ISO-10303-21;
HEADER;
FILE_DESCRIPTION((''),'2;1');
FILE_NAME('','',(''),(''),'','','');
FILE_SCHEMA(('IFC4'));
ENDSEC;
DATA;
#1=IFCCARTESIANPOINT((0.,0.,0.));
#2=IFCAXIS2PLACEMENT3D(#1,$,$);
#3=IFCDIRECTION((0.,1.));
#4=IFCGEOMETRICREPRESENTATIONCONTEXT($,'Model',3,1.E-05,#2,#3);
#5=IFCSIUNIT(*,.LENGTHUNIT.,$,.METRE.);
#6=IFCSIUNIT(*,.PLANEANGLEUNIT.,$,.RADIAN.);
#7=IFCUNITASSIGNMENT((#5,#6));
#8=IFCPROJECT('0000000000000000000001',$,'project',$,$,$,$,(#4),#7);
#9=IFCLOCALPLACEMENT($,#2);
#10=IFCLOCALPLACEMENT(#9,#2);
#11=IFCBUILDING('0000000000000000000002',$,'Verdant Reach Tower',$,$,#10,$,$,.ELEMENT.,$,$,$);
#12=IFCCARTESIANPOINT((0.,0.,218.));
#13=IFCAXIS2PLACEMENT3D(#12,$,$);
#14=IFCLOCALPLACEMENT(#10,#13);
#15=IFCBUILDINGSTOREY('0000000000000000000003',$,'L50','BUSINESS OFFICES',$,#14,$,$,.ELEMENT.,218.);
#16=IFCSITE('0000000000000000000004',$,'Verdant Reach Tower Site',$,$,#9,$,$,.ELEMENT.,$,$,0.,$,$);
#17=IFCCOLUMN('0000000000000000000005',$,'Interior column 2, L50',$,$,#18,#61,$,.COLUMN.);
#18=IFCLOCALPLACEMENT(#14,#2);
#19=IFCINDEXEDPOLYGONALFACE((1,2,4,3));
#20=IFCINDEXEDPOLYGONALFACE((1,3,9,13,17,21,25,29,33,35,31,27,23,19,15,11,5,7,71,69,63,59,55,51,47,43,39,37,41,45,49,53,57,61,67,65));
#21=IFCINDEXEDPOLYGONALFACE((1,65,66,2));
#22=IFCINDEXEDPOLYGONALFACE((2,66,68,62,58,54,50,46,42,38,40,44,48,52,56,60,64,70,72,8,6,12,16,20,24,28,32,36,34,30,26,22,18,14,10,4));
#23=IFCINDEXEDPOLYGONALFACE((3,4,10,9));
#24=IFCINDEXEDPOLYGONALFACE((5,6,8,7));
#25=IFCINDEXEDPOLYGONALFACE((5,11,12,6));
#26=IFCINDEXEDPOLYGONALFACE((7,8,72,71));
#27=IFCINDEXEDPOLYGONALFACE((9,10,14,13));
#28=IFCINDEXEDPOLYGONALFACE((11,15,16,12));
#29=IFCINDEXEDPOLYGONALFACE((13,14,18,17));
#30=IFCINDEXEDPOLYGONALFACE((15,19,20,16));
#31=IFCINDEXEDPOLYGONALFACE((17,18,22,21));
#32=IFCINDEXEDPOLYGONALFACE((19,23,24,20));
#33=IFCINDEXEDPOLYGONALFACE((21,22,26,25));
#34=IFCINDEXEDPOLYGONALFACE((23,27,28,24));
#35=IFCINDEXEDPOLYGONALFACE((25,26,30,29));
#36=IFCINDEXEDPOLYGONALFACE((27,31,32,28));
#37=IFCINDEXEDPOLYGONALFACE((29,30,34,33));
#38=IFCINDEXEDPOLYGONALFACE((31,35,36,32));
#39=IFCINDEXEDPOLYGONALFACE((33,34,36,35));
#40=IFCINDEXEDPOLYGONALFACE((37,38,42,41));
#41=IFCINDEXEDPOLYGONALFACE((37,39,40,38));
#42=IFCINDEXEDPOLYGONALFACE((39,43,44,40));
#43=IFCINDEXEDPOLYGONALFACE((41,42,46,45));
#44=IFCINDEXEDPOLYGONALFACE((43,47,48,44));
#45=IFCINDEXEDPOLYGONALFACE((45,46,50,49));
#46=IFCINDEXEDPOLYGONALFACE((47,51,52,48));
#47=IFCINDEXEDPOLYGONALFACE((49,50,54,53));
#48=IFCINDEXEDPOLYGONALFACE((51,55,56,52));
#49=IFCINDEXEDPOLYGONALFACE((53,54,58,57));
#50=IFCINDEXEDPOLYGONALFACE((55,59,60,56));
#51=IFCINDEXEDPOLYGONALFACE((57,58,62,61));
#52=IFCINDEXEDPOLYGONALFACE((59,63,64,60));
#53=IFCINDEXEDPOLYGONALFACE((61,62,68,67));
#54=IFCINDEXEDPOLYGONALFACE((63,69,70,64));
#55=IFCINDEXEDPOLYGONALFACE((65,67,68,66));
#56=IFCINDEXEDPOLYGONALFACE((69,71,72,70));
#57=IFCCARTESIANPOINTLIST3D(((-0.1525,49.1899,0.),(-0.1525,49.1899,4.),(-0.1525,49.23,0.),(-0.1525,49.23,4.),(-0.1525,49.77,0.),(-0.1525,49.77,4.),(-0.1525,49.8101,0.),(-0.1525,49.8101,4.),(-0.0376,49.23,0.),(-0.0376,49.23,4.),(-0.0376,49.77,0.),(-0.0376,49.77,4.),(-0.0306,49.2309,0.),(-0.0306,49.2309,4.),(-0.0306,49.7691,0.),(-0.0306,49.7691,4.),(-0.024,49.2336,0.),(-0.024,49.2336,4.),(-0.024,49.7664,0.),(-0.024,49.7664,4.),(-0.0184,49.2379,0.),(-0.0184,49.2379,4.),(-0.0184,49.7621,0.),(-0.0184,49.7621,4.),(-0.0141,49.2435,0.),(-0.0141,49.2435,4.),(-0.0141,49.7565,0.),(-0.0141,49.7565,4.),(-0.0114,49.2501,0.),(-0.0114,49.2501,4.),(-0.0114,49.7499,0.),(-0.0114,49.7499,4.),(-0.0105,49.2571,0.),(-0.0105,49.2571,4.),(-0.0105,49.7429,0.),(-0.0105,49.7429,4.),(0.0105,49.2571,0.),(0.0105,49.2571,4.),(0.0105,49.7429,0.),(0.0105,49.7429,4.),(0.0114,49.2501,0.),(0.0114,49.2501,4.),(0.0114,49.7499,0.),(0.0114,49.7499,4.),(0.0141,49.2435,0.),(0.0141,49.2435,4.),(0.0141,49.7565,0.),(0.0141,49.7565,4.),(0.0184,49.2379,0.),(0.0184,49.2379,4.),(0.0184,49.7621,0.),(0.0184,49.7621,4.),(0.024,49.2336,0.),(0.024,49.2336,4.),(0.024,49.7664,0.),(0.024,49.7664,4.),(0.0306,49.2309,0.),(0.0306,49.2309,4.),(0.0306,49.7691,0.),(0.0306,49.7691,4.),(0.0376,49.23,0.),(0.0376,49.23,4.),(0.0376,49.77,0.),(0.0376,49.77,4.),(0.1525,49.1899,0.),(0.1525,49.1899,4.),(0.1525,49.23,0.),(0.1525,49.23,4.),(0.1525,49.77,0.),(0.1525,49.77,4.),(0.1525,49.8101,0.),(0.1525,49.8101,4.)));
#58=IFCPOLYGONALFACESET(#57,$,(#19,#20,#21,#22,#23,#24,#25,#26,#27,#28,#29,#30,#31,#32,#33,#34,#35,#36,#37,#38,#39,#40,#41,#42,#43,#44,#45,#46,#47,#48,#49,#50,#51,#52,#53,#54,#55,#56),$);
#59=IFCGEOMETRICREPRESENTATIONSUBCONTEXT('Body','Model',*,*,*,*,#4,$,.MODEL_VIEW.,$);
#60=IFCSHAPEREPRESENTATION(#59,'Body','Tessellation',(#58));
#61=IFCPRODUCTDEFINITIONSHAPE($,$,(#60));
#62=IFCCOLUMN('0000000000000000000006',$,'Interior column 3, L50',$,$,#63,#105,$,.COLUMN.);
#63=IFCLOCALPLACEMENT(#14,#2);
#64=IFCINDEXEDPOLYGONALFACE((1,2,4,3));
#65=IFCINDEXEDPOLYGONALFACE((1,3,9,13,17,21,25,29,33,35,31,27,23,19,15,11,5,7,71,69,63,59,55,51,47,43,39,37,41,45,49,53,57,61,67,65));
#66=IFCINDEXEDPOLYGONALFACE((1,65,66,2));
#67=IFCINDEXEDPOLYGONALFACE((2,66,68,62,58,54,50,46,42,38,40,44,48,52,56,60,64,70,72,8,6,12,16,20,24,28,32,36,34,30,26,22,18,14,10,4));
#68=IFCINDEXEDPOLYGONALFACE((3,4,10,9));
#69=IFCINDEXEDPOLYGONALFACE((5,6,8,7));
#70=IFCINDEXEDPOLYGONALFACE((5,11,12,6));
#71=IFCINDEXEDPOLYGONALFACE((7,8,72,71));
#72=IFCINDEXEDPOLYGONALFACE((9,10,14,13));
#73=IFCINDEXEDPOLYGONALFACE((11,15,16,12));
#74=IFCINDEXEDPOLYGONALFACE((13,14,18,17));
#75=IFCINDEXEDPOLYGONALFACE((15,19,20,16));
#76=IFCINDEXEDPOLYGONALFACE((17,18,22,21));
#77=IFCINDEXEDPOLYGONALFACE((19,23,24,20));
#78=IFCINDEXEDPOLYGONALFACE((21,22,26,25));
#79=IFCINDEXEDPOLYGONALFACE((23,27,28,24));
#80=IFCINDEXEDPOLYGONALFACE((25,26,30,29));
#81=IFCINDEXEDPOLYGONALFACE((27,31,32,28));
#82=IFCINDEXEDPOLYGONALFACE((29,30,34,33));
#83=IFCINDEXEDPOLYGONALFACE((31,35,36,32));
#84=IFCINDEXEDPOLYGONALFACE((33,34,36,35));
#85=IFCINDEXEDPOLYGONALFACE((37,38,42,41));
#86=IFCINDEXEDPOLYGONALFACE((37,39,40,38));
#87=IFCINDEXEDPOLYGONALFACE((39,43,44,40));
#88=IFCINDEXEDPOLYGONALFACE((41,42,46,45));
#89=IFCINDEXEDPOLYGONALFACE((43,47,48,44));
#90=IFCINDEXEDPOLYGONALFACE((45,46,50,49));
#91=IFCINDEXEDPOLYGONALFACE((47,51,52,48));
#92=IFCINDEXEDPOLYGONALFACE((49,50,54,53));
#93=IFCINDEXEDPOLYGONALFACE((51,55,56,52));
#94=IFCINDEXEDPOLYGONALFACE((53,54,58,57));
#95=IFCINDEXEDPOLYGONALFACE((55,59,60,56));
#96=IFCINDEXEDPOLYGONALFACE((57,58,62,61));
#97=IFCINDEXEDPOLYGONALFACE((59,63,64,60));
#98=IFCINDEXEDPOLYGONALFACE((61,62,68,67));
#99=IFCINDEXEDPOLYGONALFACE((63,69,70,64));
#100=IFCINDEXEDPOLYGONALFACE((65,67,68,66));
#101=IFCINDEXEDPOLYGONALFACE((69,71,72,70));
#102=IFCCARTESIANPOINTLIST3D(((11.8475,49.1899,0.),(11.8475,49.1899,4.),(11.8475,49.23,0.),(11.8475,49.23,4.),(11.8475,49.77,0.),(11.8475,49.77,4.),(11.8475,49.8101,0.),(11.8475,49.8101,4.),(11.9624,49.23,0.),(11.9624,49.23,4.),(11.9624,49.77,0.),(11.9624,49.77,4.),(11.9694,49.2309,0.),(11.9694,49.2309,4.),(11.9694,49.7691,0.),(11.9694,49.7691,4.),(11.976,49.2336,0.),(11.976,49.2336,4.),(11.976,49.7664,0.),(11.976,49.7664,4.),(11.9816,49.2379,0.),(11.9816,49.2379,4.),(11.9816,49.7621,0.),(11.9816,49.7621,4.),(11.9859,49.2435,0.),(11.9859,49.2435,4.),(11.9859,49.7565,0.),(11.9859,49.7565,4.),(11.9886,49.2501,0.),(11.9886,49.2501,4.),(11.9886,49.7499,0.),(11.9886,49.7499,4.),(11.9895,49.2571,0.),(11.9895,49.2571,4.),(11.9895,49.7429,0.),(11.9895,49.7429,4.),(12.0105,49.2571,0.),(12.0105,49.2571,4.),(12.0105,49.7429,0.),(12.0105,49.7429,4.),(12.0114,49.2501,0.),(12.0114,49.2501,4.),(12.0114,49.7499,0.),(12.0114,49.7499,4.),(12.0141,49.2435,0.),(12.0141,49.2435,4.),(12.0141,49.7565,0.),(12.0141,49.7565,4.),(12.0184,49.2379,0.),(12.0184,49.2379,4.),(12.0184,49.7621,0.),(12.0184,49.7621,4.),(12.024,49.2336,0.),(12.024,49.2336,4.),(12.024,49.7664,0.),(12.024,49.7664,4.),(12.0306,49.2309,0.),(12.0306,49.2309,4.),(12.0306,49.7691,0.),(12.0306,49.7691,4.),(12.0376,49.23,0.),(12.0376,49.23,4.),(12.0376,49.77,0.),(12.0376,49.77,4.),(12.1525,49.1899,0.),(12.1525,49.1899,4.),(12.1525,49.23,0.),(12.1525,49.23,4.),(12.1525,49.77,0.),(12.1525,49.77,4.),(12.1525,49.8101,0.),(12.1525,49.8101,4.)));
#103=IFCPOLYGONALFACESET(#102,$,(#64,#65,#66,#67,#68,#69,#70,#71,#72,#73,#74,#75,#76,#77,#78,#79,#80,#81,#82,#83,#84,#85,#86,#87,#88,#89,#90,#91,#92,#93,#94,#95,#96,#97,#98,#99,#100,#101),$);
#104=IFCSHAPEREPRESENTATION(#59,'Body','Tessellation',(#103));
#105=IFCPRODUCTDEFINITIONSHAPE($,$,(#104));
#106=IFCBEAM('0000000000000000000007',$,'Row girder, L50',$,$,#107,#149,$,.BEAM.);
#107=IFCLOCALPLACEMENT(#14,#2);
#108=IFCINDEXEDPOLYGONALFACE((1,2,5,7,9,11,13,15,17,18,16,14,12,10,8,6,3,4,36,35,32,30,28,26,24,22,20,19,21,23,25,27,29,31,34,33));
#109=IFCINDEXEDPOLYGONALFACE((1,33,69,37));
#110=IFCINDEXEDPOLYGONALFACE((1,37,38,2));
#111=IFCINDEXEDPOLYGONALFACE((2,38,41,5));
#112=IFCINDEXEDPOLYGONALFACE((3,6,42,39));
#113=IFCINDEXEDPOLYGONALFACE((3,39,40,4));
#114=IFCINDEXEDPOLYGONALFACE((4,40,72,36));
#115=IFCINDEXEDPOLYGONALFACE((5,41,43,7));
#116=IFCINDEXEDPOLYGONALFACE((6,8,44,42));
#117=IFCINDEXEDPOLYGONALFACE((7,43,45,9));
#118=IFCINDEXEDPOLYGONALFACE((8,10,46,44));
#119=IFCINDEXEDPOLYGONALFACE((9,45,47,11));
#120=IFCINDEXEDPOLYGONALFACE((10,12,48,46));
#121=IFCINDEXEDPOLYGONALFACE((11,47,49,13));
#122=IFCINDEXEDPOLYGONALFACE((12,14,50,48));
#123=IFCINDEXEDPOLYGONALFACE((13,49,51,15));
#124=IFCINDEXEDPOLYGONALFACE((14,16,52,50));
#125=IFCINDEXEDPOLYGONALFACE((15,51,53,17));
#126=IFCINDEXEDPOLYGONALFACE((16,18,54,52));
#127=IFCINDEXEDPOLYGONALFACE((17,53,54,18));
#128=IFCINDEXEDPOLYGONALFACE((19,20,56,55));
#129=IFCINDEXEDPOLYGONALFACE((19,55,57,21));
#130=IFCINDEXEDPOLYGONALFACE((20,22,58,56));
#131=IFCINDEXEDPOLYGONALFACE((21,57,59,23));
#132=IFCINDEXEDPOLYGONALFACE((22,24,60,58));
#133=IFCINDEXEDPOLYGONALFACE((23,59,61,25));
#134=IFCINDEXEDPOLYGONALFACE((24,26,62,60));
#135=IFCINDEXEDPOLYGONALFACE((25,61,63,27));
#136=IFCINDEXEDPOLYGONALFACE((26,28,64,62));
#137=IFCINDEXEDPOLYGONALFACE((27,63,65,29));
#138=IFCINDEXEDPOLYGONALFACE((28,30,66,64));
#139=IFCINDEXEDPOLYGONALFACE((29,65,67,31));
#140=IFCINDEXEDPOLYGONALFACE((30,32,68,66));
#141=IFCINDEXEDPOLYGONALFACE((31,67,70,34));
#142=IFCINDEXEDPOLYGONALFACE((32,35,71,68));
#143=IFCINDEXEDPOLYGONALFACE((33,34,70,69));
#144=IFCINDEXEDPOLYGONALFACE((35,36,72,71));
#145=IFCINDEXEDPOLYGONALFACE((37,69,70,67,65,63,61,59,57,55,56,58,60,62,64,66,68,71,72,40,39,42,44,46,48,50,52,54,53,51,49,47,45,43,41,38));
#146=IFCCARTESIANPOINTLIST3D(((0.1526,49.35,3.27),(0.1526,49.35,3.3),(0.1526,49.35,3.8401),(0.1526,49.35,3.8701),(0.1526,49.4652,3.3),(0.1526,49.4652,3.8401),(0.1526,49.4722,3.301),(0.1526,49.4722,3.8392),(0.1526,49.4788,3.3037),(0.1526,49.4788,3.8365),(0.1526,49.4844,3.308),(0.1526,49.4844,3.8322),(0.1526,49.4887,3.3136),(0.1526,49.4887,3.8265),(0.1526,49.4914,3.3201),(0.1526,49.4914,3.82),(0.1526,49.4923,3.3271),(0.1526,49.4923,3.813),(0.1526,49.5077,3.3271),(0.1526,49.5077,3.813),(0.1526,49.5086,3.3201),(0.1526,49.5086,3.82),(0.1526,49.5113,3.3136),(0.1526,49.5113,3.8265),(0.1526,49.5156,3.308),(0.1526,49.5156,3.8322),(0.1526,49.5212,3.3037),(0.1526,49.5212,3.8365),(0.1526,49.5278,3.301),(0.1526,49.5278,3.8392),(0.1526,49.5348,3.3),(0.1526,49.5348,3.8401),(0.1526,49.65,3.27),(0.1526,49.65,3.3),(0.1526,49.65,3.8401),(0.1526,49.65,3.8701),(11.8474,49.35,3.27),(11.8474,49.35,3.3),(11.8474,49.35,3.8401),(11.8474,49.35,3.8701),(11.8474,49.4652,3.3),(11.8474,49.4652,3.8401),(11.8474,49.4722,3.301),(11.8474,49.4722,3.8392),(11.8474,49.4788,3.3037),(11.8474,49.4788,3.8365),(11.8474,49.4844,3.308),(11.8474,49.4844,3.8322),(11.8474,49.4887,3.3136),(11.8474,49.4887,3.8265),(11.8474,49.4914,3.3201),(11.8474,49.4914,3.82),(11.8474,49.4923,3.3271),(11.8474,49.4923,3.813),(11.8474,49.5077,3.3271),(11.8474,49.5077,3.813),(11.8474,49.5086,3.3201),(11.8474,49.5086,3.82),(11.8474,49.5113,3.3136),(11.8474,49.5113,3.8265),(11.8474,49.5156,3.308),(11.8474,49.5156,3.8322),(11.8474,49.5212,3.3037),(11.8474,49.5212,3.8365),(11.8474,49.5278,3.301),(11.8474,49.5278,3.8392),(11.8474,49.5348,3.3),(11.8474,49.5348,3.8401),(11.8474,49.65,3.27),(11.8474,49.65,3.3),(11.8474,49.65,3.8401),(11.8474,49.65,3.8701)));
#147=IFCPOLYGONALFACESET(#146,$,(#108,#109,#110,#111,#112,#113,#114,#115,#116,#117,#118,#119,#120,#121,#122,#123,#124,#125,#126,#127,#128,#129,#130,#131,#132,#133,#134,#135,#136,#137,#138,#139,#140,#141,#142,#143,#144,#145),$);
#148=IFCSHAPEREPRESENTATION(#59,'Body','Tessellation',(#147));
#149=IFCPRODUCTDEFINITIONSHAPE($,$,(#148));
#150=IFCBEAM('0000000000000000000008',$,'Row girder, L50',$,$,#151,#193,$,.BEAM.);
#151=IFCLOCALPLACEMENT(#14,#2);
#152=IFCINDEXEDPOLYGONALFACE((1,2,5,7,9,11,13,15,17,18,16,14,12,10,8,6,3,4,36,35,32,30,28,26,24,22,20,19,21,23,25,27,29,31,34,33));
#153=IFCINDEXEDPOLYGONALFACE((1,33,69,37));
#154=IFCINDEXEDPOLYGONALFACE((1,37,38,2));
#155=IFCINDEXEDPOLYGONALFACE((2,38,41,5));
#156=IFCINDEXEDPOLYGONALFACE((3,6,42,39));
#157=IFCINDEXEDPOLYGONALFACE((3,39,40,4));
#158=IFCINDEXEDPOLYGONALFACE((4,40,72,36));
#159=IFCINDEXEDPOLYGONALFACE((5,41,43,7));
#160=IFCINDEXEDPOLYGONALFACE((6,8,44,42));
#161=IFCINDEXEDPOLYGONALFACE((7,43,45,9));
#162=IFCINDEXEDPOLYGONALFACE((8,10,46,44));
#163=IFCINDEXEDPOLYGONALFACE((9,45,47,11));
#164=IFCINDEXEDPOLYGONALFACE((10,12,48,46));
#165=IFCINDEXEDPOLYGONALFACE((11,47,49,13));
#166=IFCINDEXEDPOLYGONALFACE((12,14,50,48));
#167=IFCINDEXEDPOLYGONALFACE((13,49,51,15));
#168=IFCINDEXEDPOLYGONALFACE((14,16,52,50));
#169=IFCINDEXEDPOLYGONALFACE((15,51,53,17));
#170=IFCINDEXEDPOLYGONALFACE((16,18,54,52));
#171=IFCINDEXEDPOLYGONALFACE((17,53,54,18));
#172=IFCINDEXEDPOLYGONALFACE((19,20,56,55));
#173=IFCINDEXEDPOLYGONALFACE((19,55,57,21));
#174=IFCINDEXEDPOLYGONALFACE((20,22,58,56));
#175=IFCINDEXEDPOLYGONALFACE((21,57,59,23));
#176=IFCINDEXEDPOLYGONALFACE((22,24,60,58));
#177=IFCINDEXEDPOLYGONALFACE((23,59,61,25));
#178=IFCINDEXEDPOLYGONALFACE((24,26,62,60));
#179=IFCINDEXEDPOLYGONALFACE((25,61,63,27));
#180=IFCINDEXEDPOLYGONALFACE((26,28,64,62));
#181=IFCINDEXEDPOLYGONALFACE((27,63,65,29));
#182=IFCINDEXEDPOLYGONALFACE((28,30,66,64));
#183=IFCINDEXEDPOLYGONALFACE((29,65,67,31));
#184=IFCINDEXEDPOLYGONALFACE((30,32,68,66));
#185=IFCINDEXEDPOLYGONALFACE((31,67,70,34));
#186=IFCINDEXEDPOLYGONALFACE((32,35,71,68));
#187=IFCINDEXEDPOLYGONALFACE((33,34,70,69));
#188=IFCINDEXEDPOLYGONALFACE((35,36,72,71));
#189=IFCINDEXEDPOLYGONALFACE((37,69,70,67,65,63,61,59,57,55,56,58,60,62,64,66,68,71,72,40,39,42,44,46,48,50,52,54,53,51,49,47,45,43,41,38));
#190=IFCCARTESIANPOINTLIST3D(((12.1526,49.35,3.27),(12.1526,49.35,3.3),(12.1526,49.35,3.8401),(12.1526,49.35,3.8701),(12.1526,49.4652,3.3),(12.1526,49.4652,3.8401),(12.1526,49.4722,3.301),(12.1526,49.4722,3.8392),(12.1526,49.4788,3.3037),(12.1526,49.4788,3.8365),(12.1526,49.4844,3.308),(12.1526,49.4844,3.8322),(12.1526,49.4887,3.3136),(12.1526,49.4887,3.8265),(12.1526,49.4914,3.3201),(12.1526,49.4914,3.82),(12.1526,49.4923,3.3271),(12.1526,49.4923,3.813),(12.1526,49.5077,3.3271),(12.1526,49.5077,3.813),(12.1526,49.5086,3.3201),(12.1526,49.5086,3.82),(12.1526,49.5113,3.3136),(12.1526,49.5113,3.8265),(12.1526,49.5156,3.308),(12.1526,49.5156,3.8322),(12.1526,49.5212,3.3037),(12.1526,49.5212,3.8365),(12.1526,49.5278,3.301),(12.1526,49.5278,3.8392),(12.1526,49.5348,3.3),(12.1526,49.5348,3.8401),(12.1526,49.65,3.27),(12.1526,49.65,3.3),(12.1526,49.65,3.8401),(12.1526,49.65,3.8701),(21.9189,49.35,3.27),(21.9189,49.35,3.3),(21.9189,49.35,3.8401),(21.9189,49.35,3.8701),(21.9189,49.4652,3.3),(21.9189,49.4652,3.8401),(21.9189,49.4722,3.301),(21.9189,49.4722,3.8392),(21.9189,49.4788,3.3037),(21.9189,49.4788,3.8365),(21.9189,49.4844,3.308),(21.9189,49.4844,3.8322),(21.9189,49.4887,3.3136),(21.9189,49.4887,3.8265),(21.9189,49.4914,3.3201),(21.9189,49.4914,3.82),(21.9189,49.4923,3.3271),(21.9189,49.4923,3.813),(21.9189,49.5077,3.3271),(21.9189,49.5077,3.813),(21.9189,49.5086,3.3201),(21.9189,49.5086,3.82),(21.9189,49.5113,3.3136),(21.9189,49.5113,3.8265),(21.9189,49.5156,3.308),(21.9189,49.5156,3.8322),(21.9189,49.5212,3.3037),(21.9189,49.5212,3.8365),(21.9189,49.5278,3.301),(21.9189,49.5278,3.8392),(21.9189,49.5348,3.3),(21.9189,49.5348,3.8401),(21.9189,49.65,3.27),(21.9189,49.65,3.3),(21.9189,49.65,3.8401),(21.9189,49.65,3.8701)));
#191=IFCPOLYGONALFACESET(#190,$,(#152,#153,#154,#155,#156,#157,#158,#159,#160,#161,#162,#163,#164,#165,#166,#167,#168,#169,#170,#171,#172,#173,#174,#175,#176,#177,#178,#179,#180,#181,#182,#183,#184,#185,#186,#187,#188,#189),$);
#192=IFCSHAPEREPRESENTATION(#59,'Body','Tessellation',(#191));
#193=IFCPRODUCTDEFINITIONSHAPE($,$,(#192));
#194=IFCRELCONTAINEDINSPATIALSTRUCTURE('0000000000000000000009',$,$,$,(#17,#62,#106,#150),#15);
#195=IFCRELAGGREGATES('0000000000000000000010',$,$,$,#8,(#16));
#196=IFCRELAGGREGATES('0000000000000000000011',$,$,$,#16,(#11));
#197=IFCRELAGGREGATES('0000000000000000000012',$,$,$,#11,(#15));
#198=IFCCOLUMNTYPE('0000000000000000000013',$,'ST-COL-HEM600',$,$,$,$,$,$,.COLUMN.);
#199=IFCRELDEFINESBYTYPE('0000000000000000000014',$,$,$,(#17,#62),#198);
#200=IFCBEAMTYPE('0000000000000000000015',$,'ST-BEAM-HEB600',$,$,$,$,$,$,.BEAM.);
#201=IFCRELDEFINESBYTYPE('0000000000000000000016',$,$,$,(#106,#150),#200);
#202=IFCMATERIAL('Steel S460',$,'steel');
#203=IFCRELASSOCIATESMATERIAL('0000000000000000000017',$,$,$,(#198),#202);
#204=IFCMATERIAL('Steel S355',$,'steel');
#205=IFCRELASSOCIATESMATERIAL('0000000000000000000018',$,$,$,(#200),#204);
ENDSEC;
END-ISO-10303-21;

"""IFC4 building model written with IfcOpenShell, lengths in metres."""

from ifc_helpers import new_model, si_unit, direction, frame, origin, origin_2d, place, context, subcontext, project, spatial, i_section, extrude, material, material_profile, profile_set, type_object, element, save


model = new_model("IFC4")

# Units and contexts
model_context = context("Model", 3, precision=1e-05, world=origin(), true_north=direction((0.0, 1.0)))
body_context = subcontext(model_context, "Body", "Model", "MODEL_VIEW")
ifc_project = project(units=[si_unit("LENGTHUNIT", "METRE"), si_unit("PLANEANGLEUNIT", "RADIAN")], contexts=[model_context])

# Site, building, storey
site_placement = place(None, origin())
site = spatial("IfcSite", under=ifc_project, at=site_placement, Name="Verdant Reach Tower Site", CompositionType="ELEMENT", RefElevation=0.0)
building_placement = place(site_placement, origin())
building = spatial("IfcBuilding", under=site, at=building_placement, Name="Verdant Reach Tower", CompositionType="ELEMENT")
storey_placement = place(building_placement, frame((0.0, 0.0, 218.0)))
storey = spatial("IfcBuildingStorey", under=building, at=storey_placement, Name="L50", Description="BUSINESS OFFICES", CompositionType="ELEMENT", Elevation=218.0)

# Columns
ifc_material_1 = material(Name="Steel S460", Category="steel")
ifc_material_profile_1 = material_profile(ifc_material_1, i_section(OverallWidth=0.3049, OverallDepth=0.6201, WebThickness=0.021, FlangeThickness=0.04, FilletRadius=0.0271, at=origin_2d()), Name="HEM 600")
ifc_profile_set_1 = profile_set([ifc_material_profile_1], Name="Steel S460")
column_type = type_object("IfcColumnType", Name="ST-COL-HEM600", PredefinedType="COLUMN", material=ifc_profile_set_1)
for number, where, z_axis, x_axis, name in (
    (1, (0.0, 49.5, 0.0), (0.0, 0.0, 1.0), (1.0, 0.0, 0.0), "Interior column 2, L50"),
    (2, (12.0, 49.5, 0.0), (0.0, 0.0, 1.0), (1.0, 0.0, 0.0), "Interior column 3, L50"),
):
    element("IfcColumn", number, at=place(storey_placement, frame(where, z_axis=z_axis, x_axis=x_axis)), inside=storey, type_object=column_type, Name=name, PredefinedType="COLUMN", context=body_context, shape_type="SweptSolid", body=[
        extrude(i_section(OverallWidth=0.3049, OverallDepth=0.6201, WebThickness=0.021, FlangeThickness=0.04, FilletRadius=0.0271, at=origin_2d()), origin(), (0.0, 0.0, 1.0), 4.0),
    ])

# Beams
ifc_material_2 = material(Name="Steel S355", Category="steel")
ifc_material_profile_2 = material_profile(ifc_material_2, i_section(OverallWidth=0.3, OverallDepth=0.6001, WebThickness=0.0154, FlangeThickness=0.03, FilletRadius=0.0271, at=origin_2d()), Name="HEB 600")
ifc_profile_set_2 = profile_set([ifc_material_profile_2], Name="Steel S355")
beam_type_1 = type_object("IfcBeamType", Name="ST-BEAM-HEB600", PredefinedType="BEAM", material=ifc_profile_set_2)
beam_1_placement = place(storey_placement, frame((0.1526, 49.5, 3.5701), z_axis=(1.0, 0.0, 0.0), x_axis=(0.0, 1.0, 0.0)))
element("IfcBeam", 3, at=beam_1_placement, inside=storey, type_object=beam_type_1, Name="Row girder, L50", PredefinedType="BEAM", context=body_context, shape_type="SweptSolid", body=[
    extrude(i_section(OverallWidth=0.3, OverallDepth=0.6001, WebThickness=0.0154, FlangeThickness=0.03, FilletRadius=0.0271, at=origin_2d()), origin(), (0.0, 0.0, 1.0), 11.6948),
])
beam_2_placement = place(storey_placement, frame((12.1526, 49.5, 3.5701), z_axis=(1.0, 0.0, 0.0), x_axis=(0.0, 1.0, 0.0)))
element("IfcBeam", 4, at=beam_2_placement, inside=storey, type_object=beam_type_1, Name="Row girder, L50", PredefinedType="BEAM", context=body_context, shape_type="SweptSolid", body=[
    extrude(i_section(OverallWidth=0.3, OverallDepth=0.6001, WebThickness=0.0154, FlangeThickness=0.03, FilletRadius=0.0271, at=origin_2d()), origin(), (0.0, 0.0, 1.0), 9.7664),
])

save(model, "model.ifc")
